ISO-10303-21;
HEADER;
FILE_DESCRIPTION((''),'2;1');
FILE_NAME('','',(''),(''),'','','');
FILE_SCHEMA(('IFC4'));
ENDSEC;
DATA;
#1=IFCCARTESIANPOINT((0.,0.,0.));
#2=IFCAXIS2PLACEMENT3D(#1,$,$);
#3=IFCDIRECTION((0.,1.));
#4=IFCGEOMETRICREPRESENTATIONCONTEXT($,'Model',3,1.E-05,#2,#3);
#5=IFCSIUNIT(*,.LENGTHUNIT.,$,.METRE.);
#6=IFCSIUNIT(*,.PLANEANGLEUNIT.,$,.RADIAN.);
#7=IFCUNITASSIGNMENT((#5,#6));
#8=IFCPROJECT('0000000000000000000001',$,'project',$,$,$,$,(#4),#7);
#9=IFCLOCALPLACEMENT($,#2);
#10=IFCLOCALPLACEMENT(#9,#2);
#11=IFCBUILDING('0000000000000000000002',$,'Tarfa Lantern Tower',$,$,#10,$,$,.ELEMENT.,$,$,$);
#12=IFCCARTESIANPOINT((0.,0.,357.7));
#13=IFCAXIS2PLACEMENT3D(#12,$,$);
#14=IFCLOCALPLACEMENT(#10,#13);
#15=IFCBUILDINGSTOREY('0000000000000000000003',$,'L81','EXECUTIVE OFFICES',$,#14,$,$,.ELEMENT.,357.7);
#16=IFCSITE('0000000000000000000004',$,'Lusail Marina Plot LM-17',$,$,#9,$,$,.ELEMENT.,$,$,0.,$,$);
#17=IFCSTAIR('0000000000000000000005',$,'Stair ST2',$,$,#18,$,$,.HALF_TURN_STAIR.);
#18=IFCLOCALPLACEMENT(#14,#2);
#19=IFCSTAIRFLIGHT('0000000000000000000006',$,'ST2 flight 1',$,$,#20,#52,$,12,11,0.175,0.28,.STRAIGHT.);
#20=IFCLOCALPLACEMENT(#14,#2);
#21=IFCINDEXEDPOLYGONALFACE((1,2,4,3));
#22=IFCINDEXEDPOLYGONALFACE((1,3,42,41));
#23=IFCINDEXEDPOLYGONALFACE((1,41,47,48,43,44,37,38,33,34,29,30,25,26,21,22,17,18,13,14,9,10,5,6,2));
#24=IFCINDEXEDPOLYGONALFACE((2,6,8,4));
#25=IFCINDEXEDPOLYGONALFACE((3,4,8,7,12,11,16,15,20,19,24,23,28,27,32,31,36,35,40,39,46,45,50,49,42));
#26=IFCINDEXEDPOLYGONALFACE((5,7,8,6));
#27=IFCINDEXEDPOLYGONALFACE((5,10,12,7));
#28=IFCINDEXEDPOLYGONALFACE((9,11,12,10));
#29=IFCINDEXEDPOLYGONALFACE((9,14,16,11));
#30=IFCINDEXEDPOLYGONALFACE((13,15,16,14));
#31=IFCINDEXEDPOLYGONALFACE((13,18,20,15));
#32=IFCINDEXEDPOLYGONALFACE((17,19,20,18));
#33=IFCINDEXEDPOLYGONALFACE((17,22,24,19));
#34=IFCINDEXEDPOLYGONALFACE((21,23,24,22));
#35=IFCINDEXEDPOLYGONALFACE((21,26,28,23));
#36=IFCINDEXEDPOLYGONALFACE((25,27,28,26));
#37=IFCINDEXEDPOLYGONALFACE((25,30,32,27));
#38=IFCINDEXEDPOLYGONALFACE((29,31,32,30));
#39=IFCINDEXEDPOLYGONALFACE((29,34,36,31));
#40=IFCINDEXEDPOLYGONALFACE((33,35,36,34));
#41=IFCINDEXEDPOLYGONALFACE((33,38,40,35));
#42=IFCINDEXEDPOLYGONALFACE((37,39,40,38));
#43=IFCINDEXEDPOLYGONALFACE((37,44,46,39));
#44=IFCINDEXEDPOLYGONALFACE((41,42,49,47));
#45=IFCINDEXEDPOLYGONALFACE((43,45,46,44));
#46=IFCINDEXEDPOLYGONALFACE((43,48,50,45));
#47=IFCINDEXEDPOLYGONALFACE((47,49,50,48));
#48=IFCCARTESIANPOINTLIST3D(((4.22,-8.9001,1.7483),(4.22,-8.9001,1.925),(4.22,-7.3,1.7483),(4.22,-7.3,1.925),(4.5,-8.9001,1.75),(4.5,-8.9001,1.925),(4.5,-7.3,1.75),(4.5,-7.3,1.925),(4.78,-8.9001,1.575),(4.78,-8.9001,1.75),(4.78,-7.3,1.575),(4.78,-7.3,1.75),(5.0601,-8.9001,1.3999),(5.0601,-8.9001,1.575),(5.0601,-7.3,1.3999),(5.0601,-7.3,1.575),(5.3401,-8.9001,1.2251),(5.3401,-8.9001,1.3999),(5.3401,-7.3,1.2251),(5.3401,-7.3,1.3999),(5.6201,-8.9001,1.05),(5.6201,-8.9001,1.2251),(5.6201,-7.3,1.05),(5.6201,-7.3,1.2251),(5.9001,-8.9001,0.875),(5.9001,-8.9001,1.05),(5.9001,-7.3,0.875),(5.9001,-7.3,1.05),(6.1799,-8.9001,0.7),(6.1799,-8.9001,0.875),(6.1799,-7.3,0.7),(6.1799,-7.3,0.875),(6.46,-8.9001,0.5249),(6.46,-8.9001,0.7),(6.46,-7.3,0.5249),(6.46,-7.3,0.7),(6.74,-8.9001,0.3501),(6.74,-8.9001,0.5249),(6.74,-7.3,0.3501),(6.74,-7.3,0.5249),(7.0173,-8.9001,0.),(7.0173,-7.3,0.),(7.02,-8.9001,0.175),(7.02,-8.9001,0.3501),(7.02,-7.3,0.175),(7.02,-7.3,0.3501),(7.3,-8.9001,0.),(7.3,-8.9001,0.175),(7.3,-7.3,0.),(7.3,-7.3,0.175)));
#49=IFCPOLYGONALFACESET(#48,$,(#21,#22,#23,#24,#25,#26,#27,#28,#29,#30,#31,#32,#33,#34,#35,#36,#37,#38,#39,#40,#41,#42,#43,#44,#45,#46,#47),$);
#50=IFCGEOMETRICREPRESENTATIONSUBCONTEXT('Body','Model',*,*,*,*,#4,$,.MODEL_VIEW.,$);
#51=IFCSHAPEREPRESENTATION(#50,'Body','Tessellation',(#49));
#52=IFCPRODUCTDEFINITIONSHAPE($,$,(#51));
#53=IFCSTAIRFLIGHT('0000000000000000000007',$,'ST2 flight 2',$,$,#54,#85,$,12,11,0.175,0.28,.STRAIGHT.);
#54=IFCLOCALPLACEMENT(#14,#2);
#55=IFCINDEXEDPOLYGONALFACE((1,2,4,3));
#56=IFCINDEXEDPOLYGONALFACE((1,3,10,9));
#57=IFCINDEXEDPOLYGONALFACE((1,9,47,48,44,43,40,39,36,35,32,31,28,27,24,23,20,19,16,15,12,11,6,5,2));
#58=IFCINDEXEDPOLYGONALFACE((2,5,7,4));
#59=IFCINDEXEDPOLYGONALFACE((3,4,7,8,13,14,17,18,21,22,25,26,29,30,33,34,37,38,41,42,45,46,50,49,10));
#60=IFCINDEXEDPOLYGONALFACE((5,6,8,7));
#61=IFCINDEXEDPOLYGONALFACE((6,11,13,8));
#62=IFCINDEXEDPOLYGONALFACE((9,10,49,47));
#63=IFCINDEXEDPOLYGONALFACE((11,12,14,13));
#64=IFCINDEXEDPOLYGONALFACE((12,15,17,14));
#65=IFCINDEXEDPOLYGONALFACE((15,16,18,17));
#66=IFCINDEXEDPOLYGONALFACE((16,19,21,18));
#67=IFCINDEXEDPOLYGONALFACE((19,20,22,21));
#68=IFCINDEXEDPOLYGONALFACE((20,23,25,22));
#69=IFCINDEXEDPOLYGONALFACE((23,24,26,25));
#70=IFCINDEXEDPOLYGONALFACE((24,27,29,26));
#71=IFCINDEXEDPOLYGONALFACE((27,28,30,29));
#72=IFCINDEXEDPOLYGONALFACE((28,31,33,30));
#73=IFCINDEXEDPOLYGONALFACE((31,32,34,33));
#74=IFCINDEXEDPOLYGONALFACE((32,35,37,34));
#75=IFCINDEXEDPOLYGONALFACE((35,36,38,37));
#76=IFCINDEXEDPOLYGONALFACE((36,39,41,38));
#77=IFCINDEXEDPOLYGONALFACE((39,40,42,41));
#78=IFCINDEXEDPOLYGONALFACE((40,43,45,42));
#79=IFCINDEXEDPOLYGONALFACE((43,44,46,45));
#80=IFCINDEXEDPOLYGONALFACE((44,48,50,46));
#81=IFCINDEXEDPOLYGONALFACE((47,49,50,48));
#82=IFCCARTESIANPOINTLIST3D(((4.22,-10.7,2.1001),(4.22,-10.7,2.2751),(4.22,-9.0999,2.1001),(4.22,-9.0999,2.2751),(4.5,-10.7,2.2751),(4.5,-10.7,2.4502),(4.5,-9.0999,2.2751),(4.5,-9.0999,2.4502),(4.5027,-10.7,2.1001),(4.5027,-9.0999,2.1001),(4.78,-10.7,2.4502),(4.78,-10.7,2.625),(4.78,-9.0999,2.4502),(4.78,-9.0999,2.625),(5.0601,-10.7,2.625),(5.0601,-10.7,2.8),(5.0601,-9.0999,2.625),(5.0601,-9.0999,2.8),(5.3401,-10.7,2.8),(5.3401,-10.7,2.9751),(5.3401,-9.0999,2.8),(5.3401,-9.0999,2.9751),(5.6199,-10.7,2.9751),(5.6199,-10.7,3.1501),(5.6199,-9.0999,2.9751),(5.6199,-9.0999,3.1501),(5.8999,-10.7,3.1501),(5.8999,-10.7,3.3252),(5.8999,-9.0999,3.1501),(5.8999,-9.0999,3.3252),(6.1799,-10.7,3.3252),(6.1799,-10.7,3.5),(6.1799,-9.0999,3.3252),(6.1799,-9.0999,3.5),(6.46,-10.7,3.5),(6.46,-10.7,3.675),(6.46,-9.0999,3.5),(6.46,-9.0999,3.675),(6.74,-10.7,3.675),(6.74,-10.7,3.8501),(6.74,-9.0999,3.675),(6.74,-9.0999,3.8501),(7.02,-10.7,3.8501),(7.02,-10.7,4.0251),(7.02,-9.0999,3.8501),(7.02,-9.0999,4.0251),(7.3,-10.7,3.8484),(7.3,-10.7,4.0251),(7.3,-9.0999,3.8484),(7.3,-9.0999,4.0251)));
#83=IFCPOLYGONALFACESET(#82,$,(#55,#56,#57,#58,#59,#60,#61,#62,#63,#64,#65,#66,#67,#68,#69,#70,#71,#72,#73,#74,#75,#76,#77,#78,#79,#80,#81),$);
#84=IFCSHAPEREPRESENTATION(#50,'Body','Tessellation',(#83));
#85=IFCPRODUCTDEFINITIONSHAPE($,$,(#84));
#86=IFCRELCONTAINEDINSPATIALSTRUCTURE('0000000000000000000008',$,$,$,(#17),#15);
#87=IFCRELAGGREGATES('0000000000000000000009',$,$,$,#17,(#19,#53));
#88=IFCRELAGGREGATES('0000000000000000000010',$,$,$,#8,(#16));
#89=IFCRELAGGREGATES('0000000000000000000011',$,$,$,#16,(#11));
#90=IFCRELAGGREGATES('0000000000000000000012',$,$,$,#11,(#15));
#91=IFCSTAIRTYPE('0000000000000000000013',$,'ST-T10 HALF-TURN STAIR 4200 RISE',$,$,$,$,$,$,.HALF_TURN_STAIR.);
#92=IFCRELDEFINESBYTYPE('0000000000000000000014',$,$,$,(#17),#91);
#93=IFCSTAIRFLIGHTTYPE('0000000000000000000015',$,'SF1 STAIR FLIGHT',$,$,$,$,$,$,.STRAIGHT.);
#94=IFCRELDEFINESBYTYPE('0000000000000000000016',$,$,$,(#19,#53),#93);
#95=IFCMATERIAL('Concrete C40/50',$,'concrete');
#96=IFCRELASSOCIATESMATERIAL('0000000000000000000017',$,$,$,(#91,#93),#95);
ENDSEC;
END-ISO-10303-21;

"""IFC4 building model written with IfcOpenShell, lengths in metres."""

from ifc_helpers import new_model, si_unit, direction, frame, origin, place, context, subcontext, project, spatial, polyline, outline, extrude, material, type_object, element, aggregate, save


model = new_model("IFC4")

# Units and contexts
model_context = context("Model", 3, precision=1e-05, world=origin(), true_north=direction((0.0, 1.0)))
body_context = subcontext(model_context, "Body", "Model", "MODEL_VIEW")
ifc_project = project(units=[si_unit("LENGTHUNIT", "METRE"), si_unit("PLANEANGLEUNIT", "RADIAN")], contexts=[model_context])

# Site, building, storey
site_placement = place(None, origin())
site = spatial("IfcSite", under=ifc_project, at=site_placement, Name="Lusail Marina Plot LM-17", CompositionType="ELEMENT", RefElevation=0.0)
building_placement = place(site_placement, origin())
building = spatial("IfcBuilding", under=site, at=building_placement, Name="Tarfa Lantern Tower", CompositionType="ELEMENT")
storey_placement = place(building_placement, frame((0.0, 0.0, 357.7)))
storey = spatial("IfcBuildingStorey", under=building, at=storey_placement, Name="L81", Description="EXECUTIVE OFFICES", CompositionType="ELEMENT", Elevation=357.7)

# Stair, stair flights
ifc_material_1 = material(Name="Concrete C40/50", Category="concrete")
stair_type = type_object("IfcStairType", Name="ST-T10 HALF-TURN STAIR 4200 RISE", PredefinedType="HALF_TURN_STAIR", material=ifc_material_1)
stair_placement = place(storey_placement, origin())
stair = element("IfcStair", 1, at=stair_placement, inside=storey, type_object=stair_type, Name="Stair ST2", PredefinedType="HALF_TURN_STAIR")
stair_flight_type = type_object("IfcStairFlightType", Name="SF1 STAIR FLIGHT", PredefinedType="STRAIGHT", material=ifc_material_1)
stair_flight_1_placement = place(storey_placement, frame((7.3, -8.1001, 0.0), z_axis=(0.0, 0.0, 1.0), x_axis=(-1.0, 0.0, 0.0)))
stair_flight_1 = element("IfcStairFlight", 2, at=stair_flight_1_placement, type_object=stair_flight_type, Name="ST2 flight 1", NumberOfRisers=12, NumberOfTreads=11, PredefinedType="STRAIGHT", RiserHeight=0.175, TreadLength=0.28, context=body_context, shape_type="SweptSolid", body=[
    extrude(outline(polyline([(0.0, 0.0), (0.0, 0.175), (0.28, 0.175), (0.28, 0.3501), (0.5601, 0.3501), (0.5601, 0.5249), (0.8401, 0.5249), (0.8401, 0.7), (1.1201, 0.7), (1.1201, 0.875), (1.3999, 0.875), (1.3999, 1.05), (1.6799, 1.05), (1.6799, 1.2251), (1.96, 1.2251), (1.96, 1.3999), (2.24, 1.3999), (2.24, 1.575), (2.52, 1.575), (2.52, 1.75), (2.8, 1.75), (2.8, 1.925), (3.0801, 1.925), (3.0801, 2.1001), (3.0801, 1.7483), (0.2827, 0.0), (0.0, 0.0)])), frame((0.0, 0.8, 0.0), z_axis=(0.0, -1.0, 0.0), x_axis=(1.0, 0.0, 0.0)), (0.0, 0.0, 1.0), 1.6001),
])
stair_flight_2_placement = place(storey_placement, frame((4.22, -9.8999, 2.1001), z_axis=(0.0, 0.0, 1.0), x_axis=(1.0, 0.0, 0.0)))
stair_flight_2 = element("IfcStairFlight", 3, at=stair_flight_2_placement, type_object=stair_flight_type, Name="ST2 flight 2", NumberOfRisers=12, NumberOfTreads=11, PredefinedType="STRAIGHT", RiserHeight=0.175, TreadLength=0.28, context=body_context, shape_type="SweptSolid", body=[
    extrude(outline(polyline([(0.0, 0.0), (0.0, 0.175), (0.28, 0.175), (0.28, 0.3501), (0.5601, 0.3501), (0.5601, 0.5249), (0.8401, 0.5249), (0.8401, 0.7), (1.1201, 0.7), (1.1201, 0.875), (1.3999, 0.875), (1.3999, 1.05), (1.6799, 1.05), (1.6799, 1.2251), (1.96, 1.2251), (1.96, 1.3999), (2.24, 1.3999), (2.24, 1.575), (2.52, 1.575), (2.52, 1.75), (2.8, 1.75), (2.8, 1.925), (3.0801, 1.925), (3.0801, 2.1001), (3.0801, 1.7483), (0.2827, 0.0), (0.0, 0.0)])), frame((0.0, 0.8, 0.0), z_axis=(0.0, -1.0, 0.0), x_axis=(1.0, 0.0, 0.0)), (0.0, 0.0, 1.0), 1.6001),
])
aggregate(stair, [stair_flight_1, stair_flight_2])

save(model, "model.ifc")
